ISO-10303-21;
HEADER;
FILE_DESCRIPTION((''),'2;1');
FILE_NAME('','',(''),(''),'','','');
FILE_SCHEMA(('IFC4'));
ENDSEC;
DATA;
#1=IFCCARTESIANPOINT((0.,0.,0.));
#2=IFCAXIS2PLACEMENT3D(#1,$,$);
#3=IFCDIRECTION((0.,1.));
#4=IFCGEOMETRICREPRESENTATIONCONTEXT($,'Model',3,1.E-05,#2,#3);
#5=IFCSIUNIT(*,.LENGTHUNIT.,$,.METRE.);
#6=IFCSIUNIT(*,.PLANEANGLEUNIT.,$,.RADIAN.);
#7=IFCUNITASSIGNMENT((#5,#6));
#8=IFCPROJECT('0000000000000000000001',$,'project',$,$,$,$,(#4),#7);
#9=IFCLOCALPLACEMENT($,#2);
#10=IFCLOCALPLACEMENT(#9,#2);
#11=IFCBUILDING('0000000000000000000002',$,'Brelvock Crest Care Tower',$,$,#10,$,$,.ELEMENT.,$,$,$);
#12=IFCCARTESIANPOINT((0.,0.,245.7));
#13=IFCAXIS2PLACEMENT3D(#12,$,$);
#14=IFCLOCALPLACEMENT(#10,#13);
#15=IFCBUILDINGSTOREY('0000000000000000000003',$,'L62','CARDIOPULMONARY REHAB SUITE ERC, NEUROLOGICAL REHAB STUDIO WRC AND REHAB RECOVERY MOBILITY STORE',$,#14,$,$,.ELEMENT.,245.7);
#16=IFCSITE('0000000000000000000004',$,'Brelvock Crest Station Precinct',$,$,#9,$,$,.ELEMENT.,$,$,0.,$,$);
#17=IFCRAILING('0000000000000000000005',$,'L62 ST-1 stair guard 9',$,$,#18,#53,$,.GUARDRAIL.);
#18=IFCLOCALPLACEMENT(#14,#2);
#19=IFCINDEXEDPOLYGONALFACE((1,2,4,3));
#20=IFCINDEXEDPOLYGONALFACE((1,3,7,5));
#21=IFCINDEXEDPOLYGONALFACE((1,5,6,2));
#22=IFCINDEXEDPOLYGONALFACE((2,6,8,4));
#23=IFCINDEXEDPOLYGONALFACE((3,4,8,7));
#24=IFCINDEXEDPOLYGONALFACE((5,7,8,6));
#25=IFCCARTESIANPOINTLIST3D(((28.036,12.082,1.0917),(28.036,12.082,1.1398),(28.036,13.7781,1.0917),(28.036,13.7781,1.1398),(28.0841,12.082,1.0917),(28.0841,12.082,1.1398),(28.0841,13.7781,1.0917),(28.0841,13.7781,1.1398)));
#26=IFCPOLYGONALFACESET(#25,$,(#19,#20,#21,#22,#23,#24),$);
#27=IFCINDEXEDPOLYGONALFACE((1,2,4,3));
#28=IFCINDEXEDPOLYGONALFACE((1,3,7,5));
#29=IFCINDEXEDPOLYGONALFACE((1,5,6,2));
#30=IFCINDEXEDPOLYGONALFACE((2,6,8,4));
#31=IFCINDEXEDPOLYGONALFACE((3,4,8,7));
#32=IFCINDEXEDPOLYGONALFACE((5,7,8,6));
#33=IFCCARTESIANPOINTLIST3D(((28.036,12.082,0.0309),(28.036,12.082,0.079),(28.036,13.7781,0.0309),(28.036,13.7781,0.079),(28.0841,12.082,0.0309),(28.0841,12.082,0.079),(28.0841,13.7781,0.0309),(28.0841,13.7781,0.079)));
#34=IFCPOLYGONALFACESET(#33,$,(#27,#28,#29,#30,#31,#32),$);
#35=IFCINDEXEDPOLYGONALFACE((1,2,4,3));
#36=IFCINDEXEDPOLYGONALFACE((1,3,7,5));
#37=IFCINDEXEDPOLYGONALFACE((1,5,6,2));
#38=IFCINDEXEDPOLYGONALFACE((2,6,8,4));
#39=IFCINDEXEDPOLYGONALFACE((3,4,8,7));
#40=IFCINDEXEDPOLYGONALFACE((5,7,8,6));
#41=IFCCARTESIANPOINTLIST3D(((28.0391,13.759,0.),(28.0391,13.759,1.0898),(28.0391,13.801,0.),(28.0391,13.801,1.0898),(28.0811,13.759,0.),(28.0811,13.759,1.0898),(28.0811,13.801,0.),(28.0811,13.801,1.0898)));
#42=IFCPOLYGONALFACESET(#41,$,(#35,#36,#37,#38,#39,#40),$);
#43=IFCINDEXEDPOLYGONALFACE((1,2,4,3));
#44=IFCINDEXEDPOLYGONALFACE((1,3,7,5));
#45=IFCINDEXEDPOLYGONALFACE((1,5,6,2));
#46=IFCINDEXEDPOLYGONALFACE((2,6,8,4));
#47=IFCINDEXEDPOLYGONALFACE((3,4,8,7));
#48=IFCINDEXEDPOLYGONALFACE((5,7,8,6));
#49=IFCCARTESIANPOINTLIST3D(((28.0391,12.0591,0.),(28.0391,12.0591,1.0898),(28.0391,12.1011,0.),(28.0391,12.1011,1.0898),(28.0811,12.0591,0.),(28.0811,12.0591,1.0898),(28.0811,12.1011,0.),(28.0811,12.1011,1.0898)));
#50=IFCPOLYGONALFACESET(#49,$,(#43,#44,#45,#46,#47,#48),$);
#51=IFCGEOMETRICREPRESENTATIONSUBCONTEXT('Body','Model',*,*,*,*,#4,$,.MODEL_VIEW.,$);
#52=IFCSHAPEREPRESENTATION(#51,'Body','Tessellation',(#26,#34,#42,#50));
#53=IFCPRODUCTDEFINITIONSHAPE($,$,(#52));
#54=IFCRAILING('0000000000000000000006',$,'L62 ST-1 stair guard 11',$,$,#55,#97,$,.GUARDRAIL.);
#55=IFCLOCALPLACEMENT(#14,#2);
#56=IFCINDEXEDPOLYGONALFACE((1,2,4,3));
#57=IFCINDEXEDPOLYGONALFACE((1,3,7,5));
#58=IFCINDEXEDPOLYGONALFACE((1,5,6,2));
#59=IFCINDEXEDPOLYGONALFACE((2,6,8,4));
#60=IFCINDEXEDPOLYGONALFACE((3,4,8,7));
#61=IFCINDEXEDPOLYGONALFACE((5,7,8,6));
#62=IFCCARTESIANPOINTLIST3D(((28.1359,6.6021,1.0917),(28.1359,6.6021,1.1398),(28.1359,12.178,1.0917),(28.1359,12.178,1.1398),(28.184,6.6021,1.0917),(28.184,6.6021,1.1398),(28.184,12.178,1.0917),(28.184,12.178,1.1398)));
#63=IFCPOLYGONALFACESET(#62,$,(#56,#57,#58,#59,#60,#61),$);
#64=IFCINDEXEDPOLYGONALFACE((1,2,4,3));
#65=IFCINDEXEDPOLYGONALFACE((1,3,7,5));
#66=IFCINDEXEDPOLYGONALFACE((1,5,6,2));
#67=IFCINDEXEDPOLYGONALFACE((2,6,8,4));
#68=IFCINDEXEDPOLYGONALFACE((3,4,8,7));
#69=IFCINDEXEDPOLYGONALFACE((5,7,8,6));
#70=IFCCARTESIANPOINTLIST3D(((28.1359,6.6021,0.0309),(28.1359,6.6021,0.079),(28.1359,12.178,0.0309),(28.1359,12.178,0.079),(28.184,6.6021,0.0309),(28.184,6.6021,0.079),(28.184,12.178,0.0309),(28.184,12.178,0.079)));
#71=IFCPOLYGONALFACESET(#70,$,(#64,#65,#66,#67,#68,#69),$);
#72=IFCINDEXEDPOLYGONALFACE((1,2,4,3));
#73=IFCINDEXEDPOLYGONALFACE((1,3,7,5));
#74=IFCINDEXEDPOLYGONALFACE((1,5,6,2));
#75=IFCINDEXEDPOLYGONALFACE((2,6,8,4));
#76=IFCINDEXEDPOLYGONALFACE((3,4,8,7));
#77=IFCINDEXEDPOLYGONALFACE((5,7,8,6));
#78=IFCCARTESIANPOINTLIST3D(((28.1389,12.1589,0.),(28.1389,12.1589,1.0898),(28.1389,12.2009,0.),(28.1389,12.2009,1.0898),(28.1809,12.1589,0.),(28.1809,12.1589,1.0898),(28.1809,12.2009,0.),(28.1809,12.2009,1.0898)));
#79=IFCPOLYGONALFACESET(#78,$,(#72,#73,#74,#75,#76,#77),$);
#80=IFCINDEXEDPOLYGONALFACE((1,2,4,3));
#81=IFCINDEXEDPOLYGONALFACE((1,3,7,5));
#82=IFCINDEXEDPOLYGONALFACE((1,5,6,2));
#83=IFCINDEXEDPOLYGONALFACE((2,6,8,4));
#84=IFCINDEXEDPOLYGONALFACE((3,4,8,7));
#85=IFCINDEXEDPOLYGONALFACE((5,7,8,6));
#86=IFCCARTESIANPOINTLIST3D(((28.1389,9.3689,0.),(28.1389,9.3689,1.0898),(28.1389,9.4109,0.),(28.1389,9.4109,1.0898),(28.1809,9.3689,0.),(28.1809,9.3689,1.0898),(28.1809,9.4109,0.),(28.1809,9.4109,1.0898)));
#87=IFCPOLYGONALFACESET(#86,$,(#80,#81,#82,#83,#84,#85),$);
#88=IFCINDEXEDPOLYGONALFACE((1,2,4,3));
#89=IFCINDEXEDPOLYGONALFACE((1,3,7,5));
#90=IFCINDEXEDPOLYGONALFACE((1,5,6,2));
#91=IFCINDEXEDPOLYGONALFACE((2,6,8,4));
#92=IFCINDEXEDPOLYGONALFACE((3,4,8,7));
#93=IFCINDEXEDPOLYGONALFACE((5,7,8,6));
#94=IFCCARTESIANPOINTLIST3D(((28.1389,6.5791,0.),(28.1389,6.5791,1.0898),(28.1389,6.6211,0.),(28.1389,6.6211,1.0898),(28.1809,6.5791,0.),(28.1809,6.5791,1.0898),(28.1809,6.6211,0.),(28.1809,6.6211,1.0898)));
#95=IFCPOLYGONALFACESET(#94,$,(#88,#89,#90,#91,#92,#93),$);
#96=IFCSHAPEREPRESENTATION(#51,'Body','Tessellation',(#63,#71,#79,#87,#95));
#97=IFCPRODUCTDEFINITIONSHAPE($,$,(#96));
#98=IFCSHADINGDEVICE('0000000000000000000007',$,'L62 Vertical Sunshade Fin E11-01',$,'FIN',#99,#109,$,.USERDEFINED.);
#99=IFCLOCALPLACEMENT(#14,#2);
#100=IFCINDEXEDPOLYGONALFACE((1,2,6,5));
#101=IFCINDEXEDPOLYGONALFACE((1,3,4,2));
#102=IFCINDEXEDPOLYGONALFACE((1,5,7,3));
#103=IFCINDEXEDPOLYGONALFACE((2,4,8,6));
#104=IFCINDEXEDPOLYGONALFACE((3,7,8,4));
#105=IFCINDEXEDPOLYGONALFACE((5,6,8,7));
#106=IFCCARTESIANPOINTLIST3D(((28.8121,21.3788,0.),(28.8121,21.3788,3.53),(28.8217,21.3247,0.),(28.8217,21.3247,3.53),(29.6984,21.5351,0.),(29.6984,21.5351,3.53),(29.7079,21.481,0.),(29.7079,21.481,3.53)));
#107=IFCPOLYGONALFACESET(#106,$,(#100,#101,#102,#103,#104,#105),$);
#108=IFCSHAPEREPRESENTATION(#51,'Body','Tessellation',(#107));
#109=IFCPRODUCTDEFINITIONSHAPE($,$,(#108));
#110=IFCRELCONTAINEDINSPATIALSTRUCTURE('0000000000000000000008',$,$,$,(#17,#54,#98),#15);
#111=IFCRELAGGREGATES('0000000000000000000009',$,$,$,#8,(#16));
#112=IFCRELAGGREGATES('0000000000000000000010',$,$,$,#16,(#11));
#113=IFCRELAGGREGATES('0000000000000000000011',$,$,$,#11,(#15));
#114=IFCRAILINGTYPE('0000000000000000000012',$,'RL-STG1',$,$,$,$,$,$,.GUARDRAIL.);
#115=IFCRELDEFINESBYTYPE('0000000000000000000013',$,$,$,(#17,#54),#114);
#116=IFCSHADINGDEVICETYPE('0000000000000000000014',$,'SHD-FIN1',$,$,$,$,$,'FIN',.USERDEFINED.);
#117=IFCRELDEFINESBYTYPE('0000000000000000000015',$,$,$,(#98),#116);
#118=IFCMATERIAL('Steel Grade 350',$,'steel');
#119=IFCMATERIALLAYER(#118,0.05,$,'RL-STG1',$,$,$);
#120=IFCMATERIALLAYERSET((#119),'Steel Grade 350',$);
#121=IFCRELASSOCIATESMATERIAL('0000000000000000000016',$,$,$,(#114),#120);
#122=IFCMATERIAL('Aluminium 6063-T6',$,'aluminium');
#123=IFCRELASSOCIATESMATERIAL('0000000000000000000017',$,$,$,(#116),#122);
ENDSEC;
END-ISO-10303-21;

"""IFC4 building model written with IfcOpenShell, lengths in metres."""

from ifc_helpers import new_model, si_unit, direction, frame, origin, origin_2d, place, context, subcontext, project, spatial, rectangle, extrude, source, transform, mapped, material, layer, layer_set, material_profile, profile_set, type_object, element, save


model = new_model("IFC4")

# Units and contexts
model_context = context("Model", 3, precision=1e-05, world=origin(), true_north=direction((0.0, 1.0)))
body_context = subcontext(model_context, "Body", "Model", "MODEL_VIEW")
ifc_project = project(units=[si_unit("LENGTHUNIT", "METRE"), si_unit("PLANEANGLEUNIT", "RADIAN")], contexts=[model_context])

# Site, building, storey
site_placement = place(None, origin())
site = spatial("IfcSite", under=ifc_project, at=site_placement, Name="Brelvock Crest Station Precinct", CompositionType="ELEMENT", RefElevation=0.0)
building_placement = place(site_placement, origin())
building = spatial("IfcBuilding", under=site, at=building_placement, Name="Brelvock Crest Care Tower", CompositionType="ELEMENT")
storey_placement = place(building_placement, frame((0.0, 0.0, 245.7)))
storey = spatial("IfcBuildingStorey", under=building, at=storey_placement, Name="L62", Description="CARDIOPULMONARY REHAB SUITE ERC, NEUROLOGICAL REHAB STUDIO WRC AND REHAB RECOVERY MOBILITY STORE", CompositionType="ELEMENT", Elevation=245.7)

# Shared definitions
ifc_material_1 = material(Name="Steel Grade 350", Category="steel")

# Shared definitions
ifc_material_2 = material(Name="Aluminium 6063-T6", Category="aluminium")

# Railings
ifc_layer_1 = layer(ifc_material_1, 0.05, Name="RL-STG1")
ifc_layer_set_1 = layer_set([ifc_layer_1], Name="Steel Grade 350")
railing_type = type_object("IfcRailingType", Name="RL-STG1", PredefinedType="GUARDRAIL", material=ifc_layer_set_1)
railing_1_placement = place(storey_placement, frame((28.0601, 13.78, 0.0)))
element("IfcRailing", 1, at=railing_1_placement, inside=storey, type_object=railing_type, Name="L62 ST-1 stair guard 9", PredefinedType="GUARDRAIL", context=body_context, shape_type="SweptSolid", body=[
    extrude(rectangle(XDim=0.0481, YDim=0.0481, at=origin_2d()), frame((0.0, -0.002, 1.1157), z_axis=(0.0, -1.0, 0.0), x_axis=(1.0, 0.0, 0.0)), (0.0, 0.0, 1.0), 1.696),
    extrude(rectangle(XDim=0.0481, YDim=0.0481, at=origin_2d()), frame((0.0, -0.002, 0.0549), z_axis=(0.0, -1.0, 0.0), x_axis=(1.0, 0.0, 0.0)), (0.0, 0.0, 1.0), 1.696),
    extrude(rectangle(XDim=0.042, YDim=0.042, at=origin_2d()), origin(), (0.0, 0.0, 1.0), 1.0898),
    extrude(rectangle(XDim=0.042, YDim=0.042, at=origin_2d()), frame((0.0, -1.7, 0.0)), (0.0, 0.0, 1.0), 1.0898),
])
railing_2_placement = place(storey_placement, frame((28.1599, 12.1799, 0.0)))
element("IfcRailing", 2, at=railing_2_placement, inside=storey, type_object=railing_type, Name="L62 ST-1 stair guard 11", PredefinedType="GUARDRAIL", context=body_context, shape_type="SweptSolid", body=[
    extrude(rectangle(XDim=0.0481, YDim=0.0481, at=origin_2d()), frame((0.0, -0.002, 1.1157), z_axis=(0.0, -1.0, 0.0), x_axis=(1.0, 0.0, 0.0)), (0.0, 0.0, 1.0), 5.5759),
    extrude(rectangle(XDim=0.0481, YDim=0.0481, at=origin_2d()), frame((0.0, -0.002, 0.0549), z_axis=(0.0, -1.0, 0.0), x_axis=(1.0, 0.0, 0.0)), (0.0, 0.0, 1.0), 5.5759),
    extrude(rectangle(XDim=0.042, YDim=0.042, at=origin_2d()), origin(), (0.0, 0.0, 1.0), 1.0898),
    extrude(rectangle(XDim=0.042, YDim=0.042, at=origin_2d()), frame((0.0, -2.79, 0.0)), (0.0, 0.0, 1.0), 1.0898),
    extrude(rectangle(XDim=0.042, YDim=0.042, at=origin_2d()), frame((0.0, -5.5798, 0.0)), (0.0, 0.0, 1.0), 1.0898),
])

# Shading device
ifc_material_profile_1 = material_profile(ifc_material_2, rectangle(XDim=0.0549, YDim=0.8999, at=origin_2d()), Name="FIN55x900")
ifc_profile_set_1 = profile_set([ifc_material_profile_1], Name="Aluminium 6063-T6")
shading_device_type = type_object("IfcShadingDeviceType", Name="SHD-FIN1", ElementType="FIN", PredefinedType="USERDEFINED", material=ifc_profile_set_1)
shared_shape_1 = source(origin(), body_context, "Body", "SweptSolid", [
    extrude(rectangle(XDim=0.0549, YDim=0.8999, at=origin_2d()), origin(), (0.0, 0.0, 1.0), 3.53),
])
shading_device_placement = place(storey_placement, frame((29.26, 21.4299, 0.0), z_axis=(0.0, 0.0, 1.0), x_axis=(-0.173648, 0.984808, 0.0)))
element("IfcShadingDevice", 3, at=shading_device_placement, inside=storey, type_object=shading_device_type, Name="L62 Vertical Sunshade Fin E11-01", ObjectType="FIN", PredefinedType="USERDEFINED", context=body_context, shape_type="MappedRepresentation", body=[
    mapped(shared_shape_1, transform((0.0, 0.0, 0.0), x_axis=(1.0, 0.0, 0.0), y_axis=(0.0, 1.0, 0.0), z_axis=(0.0, 0.0, 1.0), scale=1.0)),
])

save(model, "model.ifc")
